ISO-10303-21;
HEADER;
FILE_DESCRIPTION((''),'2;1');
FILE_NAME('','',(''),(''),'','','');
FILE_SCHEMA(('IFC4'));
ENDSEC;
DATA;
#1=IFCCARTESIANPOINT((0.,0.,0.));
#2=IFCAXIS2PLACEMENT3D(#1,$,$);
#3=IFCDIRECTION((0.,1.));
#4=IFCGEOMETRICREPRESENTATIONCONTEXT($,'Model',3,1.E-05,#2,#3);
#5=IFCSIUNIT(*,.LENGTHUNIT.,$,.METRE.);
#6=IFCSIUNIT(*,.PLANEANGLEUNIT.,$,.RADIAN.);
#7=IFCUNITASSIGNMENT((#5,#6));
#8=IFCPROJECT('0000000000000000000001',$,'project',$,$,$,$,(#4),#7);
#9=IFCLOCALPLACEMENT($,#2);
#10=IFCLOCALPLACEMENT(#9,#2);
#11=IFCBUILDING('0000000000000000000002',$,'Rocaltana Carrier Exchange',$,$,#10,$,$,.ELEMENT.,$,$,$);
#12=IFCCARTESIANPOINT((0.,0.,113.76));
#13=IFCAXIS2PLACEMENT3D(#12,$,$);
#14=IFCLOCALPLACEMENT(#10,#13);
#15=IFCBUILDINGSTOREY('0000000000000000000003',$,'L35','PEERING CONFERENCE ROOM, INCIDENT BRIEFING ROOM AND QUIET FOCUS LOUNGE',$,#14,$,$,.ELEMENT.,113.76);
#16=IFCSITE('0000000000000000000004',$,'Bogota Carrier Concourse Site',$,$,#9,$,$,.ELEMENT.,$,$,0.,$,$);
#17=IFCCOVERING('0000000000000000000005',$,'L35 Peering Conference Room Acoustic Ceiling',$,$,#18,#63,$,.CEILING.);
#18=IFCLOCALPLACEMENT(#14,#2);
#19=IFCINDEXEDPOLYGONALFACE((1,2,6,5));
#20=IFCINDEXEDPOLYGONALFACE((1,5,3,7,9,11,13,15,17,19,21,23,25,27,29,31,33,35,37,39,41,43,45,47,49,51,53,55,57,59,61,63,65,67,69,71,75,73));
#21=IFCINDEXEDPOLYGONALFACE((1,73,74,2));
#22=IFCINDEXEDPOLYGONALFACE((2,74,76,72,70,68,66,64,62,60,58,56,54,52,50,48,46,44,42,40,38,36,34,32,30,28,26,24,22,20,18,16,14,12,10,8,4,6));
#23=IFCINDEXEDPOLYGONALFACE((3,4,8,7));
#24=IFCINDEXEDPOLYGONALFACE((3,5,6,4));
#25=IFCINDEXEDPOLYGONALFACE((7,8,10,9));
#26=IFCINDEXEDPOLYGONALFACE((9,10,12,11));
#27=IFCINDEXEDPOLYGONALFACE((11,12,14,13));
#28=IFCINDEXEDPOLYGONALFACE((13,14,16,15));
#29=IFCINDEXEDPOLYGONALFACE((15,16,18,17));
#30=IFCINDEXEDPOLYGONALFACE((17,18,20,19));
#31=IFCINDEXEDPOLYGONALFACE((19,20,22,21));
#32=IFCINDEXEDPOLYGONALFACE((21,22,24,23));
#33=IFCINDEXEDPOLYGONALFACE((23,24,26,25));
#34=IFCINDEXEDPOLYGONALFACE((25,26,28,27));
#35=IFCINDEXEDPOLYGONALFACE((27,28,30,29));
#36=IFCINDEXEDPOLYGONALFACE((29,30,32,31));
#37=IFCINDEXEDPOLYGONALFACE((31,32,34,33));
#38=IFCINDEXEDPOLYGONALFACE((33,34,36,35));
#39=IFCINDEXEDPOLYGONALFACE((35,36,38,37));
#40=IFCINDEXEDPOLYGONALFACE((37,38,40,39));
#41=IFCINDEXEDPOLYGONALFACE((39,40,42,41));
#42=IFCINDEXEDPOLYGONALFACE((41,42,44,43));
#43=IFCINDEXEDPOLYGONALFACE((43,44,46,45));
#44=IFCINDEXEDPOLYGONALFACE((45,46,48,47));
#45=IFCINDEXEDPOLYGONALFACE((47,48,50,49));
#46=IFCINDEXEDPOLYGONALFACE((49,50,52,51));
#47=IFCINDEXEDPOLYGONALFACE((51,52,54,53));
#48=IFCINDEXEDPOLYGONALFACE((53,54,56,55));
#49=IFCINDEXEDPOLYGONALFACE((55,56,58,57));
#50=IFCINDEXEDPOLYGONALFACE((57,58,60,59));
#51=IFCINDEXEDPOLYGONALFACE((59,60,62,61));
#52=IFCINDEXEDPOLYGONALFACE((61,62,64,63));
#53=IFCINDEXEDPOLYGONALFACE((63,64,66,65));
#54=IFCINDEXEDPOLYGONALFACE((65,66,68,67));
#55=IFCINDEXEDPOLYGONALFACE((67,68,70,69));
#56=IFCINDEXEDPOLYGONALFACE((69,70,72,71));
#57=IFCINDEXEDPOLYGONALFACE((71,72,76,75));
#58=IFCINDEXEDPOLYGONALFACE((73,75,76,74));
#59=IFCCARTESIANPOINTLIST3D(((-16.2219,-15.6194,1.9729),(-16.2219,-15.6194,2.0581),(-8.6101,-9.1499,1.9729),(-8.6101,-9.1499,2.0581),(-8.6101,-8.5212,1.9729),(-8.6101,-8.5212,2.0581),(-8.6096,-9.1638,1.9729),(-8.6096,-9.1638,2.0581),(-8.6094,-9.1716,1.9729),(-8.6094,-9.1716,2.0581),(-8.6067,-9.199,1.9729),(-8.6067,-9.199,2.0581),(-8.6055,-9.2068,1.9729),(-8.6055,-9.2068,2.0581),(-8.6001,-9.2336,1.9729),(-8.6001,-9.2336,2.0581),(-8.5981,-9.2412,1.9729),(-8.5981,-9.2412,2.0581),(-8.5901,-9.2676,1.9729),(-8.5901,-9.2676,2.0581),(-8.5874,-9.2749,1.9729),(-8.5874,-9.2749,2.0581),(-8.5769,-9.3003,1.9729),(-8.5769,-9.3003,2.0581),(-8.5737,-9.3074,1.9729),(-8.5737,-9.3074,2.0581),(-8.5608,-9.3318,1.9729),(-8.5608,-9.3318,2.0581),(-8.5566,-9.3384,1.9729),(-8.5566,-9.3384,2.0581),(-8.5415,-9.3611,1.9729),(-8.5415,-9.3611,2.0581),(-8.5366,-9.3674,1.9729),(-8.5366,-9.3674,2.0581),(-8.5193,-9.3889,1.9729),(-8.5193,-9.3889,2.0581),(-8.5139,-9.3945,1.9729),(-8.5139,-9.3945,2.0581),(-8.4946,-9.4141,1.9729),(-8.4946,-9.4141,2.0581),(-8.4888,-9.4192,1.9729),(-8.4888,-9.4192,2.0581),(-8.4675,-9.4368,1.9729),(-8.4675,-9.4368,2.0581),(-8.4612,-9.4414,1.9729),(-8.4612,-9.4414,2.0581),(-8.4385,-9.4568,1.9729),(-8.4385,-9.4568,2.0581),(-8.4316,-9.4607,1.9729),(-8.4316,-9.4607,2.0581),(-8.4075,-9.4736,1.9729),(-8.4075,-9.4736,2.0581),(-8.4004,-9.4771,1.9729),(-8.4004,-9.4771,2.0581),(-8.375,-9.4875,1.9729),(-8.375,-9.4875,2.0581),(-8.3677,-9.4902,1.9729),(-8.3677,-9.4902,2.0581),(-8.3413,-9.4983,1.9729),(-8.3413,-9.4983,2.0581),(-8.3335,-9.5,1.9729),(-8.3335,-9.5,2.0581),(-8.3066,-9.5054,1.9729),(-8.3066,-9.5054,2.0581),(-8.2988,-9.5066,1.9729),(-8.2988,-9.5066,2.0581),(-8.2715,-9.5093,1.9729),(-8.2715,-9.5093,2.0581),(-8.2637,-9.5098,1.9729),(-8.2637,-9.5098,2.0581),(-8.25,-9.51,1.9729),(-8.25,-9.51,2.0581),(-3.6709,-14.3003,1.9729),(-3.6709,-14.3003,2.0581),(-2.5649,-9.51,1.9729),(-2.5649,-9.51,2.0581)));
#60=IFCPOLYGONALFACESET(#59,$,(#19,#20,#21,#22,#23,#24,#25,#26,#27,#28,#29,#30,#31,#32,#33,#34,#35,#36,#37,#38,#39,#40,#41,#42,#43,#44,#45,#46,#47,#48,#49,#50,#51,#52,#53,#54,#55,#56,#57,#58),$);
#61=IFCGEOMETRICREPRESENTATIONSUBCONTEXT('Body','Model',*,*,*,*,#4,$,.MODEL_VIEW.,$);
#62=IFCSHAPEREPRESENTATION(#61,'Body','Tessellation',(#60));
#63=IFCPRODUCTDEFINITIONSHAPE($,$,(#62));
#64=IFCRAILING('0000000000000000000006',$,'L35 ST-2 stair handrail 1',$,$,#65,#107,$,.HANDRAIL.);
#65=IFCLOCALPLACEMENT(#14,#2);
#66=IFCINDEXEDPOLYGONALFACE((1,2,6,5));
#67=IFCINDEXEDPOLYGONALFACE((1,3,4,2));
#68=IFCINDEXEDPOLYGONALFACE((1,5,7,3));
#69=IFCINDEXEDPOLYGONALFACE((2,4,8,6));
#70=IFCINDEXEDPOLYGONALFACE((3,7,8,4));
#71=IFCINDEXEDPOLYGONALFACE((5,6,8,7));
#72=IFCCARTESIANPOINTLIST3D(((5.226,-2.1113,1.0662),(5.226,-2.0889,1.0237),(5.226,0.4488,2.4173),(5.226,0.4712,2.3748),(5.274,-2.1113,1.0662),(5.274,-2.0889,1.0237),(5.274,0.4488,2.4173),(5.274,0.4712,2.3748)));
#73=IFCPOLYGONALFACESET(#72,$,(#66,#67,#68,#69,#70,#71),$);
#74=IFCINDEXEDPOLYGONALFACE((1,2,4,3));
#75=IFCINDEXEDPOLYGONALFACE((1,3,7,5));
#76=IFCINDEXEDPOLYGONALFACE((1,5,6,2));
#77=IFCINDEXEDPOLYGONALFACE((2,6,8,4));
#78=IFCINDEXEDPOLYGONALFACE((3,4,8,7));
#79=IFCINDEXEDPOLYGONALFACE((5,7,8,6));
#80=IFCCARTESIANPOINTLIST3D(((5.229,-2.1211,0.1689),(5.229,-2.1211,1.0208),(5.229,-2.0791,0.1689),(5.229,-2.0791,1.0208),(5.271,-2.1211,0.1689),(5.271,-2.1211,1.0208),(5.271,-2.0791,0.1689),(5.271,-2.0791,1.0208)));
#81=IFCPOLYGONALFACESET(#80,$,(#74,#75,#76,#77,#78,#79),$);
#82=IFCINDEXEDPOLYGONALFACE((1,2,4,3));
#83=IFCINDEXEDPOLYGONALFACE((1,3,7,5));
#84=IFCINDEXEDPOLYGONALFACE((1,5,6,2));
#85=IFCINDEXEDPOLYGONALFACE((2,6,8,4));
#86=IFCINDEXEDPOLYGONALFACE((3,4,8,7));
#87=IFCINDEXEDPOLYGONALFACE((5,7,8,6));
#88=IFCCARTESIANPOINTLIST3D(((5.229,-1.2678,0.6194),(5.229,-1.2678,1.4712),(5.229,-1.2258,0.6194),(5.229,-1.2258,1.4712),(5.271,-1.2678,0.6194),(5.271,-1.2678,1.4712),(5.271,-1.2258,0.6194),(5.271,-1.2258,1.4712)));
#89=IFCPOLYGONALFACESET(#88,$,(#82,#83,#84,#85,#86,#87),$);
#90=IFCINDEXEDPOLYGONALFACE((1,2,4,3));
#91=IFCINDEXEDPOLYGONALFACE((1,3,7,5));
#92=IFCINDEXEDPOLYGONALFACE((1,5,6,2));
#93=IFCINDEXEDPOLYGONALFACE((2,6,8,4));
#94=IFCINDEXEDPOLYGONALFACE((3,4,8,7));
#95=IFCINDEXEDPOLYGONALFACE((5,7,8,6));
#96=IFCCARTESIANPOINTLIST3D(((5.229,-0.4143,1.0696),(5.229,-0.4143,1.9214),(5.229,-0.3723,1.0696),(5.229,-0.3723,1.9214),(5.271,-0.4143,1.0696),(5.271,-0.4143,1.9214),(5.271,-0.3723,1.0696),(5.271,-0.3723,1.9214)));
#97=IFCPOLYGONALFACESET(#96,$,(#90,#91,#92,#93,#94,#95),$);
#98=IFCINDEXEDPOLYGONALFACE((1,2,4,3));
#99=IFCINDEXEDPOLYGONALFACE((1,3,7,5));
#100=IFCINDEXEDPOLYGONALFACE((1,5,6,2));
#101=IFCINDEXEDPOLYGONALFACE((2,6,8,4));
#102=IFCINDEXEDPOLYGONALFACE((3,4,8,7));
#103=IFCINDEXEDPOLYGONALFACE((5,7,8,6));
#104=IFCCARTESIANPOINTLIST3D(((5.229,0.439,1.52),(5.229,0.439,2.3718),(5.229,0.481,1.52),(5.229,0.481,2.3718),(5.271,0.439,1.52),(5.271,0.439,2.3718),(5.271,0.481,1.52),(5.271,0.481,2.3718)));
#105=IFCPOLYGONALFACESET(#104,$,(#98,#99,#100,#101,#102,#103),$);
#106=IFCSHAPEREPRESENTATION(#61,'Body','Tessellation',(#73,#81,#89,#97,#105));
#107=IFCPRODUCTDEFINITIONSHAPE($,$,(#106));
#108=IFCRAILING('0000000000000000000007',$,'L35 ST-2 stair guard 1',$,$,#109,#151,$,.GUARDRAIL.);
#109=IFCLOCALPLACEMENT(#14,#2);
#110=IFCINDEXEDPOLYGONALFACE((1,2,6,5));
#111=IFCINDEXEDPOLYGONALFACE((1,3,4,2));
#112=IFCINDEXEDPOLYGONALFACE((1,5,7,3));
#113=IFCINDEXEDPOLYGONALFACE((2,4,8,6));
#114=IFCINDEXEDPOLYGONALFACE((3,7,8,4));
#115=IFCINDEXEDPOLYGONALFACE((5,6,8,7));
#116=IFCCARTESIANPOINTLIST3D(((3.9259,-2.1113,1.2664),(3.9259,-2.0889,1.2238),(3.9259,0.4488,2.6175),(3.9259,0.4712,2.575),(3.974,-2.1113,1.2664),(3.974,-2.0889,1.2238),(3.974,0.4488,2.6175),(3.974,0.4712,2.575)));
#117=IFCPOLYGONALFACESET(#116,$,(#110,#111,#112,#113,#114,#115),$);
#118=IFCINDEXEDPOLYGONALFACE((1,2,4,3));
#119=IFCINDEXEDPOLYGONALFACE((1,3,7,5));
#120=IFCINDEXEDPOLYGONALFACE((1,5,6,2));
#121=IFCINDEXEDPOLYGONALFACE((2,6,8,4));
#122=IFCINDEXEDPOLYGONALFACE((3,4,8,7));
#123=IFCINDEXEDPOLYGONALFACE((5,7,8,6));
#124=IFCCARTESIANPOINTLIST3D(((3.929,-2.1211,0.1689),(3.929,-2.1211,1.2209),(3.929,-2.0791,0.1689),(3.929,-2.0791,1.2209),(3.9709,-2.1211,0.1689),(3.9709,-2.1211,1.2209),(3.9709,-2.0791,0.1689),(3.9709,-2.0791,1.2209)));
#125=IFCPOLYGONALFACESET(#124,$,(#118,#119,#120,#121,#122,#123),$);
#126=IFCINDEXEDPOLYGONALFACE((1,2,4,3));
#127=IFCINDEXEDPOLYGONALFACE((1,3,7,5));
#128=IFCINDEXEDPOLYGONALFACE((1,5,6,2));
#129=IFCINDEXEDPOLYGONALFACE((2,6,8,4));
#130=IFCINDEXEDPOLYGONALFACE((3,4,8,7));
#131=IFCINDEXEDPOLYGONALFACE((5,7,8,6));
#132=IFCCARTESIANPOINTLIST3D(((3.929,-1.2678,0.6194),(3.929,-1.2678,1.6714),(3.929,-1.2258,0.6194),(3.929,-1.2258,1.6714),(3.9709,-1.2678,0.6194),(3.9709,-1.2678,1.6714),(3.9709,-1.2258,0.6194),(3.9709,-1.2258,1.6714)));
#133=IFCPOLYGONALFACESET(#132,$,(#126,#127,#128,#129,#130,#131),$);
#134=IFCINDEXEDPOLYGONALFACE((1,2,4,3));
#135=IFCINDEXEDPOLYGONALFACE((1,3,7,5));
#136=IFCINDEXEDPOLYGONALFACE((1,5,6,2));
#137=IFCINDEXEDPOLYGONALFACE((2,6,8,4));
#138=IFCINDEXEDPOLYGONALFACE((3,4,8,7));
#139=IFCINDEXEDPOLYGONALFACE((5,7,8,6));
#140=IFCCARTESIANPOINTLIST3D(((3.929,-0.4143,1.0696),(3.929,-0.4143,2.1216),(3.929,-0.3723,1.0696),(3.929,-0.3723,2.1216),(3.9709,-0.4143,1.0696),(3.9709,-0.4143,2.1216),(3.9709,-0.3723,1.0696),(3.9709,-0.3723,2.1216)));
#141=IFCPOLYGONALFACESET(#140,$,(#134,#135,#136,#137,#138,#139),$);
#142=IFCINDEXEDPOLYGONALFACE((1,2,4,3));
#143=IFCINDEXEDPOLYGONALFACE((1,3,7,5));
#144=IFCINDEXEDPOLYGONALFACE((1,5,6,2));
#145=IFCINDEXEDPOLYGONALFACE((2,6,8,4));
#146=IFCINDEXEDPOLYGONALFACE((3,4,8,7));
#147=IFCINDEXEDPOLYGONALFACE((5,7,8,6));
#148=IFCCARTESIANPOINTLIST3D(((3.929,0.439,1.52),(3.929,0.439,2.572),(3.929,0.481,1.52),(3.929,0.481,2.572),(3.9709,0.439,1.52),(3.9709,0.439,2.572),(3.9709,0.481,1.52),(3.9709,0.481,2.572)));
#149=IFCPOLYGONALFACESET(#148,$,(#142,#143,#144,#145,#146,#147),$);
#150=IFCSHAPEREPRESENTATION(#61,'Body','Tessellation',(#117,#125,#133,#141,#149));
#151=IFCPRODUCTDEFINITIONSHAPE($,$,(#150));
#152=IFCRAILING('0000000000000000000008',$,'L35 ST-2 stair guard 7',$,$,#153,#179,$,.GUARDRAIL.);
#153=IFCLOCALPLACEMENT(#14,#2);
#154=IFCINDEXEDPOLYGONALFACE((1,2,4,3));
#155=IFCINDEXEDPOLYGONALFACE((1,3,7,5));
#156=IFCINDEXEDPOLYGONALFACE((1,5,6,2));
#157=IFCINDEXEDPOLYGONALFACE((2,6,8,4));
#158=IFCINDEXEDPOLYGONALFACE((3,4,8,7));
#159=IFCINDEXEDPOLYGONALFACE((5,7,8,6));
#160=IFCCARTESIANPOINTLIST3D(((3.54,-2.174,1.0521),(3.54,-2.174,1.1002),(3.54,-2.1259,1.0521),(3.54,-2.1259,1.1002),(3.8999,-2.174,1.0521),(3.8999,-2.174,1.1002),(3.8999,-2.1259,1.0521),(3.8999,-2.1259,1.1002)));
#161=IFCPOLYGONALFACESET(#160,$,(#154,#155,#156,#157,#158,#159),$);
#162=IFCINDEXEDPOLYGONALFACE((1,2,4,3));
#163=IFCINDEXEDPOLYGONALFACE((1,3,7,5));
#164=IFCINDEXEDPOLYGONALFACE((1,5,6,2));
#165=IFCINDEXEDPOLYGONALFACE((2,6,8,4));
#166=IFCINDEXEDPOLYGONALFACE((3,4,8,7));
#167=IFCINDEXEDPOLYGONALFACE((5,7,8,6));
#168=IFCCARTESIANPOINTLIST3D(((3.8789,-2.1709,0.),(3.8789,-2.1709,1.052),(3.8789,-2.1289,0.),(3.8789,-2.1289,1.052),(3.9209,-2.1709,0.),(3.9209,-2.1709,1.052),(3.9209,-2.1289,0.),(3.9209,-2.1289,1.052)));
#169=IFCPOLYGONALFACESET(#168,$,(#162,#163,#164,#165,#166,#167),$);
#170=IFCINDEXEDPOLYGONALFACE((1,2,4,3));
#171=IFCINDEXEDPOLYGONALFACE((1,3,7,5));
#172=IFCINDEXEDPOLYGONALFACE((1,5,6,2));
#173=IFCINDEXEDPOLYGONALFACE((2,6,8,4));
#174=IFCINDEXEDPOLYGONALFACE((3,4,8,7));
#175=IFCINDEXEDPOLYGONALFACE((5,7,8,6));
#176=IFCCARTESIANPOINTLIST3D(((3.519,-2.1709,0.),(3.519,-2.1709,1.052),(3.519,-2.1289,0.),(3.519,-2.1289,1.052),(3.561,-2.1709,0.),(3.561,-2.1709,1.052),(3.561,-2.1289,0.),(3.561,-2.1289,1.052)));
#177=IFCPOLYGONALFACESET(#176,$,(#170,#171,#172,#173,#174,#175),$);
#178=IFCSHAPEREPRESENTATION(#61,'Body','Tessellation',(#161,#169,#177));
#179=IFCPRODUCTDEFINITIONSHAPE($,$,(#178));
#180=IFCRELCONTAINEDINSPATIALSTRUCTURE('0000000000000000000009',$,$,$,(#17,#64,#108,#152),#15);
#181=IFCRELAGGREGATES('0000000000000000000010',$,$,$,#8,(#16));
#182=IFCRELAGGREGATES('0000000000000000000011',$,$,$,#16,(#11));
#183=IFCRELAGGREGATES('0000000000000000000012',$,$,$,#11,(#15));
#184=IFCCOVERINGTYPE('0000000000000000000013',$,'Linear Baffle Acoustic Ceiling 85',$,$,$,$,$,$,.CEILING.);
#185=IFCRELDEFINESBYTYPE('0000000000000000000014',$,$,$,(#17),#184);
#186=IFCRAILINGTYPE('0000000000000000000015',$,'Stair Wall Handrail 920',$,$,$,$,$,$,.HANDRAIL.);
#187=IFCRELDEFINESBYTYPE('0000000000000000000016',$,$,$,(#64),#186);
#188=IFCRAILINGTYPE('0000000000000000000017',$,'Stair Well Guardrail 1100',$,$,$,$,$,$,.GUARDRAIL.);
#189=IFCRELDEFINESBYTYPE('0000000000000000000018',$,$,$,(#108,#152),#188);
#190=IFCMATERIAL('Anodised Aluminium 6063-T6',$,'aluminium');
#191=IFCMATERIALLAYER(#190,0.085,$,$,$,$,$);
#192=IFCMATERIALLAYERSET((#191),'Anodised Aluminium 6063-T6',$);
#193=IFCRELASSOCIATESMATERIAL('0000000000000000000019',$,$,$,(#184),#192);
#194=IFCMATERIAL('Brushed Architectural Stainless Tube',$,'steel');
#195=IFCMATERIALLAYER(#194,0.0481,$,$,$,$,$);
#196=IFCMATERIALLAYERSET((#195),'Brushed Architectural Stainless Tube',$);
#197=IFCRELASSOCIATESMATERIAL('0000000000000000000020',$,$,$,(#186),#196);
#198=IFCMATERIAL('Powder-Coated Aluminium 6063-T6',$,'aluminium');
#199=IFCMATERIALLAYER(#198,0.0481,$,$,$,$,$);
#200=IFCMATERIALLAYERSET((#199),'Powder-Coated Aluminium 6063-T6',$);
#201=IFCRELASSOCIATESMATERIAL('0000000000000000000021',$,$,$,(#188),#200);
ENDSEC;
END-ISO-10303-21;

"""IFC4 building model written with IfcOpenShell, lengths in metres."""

from ifc_helpers import new_model, si_unit, direction, frame, origin, origin_2d, place, context, subcontext, project, spatial, polyline, rectangle, outline, extrude, material, layer, layer_set, type_object, element, save


model = new_model("IFC4")

# Units and contexts
model_context = context("Model", 3, precision=1e-05, world=origin(), true_north=direction((0.0, 1.0)))
body_context = subcontext(model_context, "Body", "Model", "MODEL_VIEW")
ifc_project = project(units=[si_unit("LENGTHUNIT", "METRE"), si_unit("PLANEANGLEUNIT", "RADIAN")], contexts=[model_context])

# Site, building, storey
site_placement = place(None, origin())
site = spatial("IfcSite", under=ifc_project, at=site_placement, Name="Bogota Carrier Concourse Site", CompositionType="ELEMENT", RefElevation=0.0)
building_placement = place(site_placement, origin())
building = spatial("IfcBuilding", under=site, at=building_placement, Name="Rocaltana Carrier Exchange", CompositionType="ELEMENT")
storey_placement = place(building_placement, frame((0.0, 0.0, 113.76)))
storey = spatial("IfcBuildingStorey", under=building, at=storey_placement, Name="L35", Description="PEERING CONFERENCE ROOM, INCIDENT BRIEFING ROOM AND QUIET FOCUS LOUNGE", CompositionType="ELEMENT", Elevation=113.76)

# Covering
ifc_material_1 = material(Name="Anodised Aluminium 6063-T6", Category="aluminium")
ifc_layer_1 = layer(ifc_material_1, 0.085)
ifc_layer_set_1 = layer_set([ifc_layer_1], Name="Anodised Aluminium 6063-T6")
covering_type_1 = type_object("IfcCoveringType", Name="Linear Baffle Acoustic Ceiling 85", PredefinedType="CEILING", material=ifc_layer_set_1)
covering_1_placement = place(storey_placement, frame((0.0, 0.0, 1.9729)))
element("IfcCovering", 1, at=covering_1_placement, inside=storey, type_object=covering_type_1, Name="L35 Peering Conference Room Acoustic Ceiling", PredefinedType="CEILING", context=body_context, shape_type="SweptSolid", body=[
    extrude(outline(polyline([(-16.2219, -15.6194), (-8.6101, -8.5212), (-8.6101, -9.1499), (-8.6096, -9.1638), (-8.6094, -9.1716), (-8.6067, -9.199), (-8.6055, -9.2068), (-8.6001, -9.2336), (-8.5981, -9.2412), (-8.5901, -9.2676), (-8.5874, -9.2749), (-8.5769, -9.3003), (-8.5737, -9.3074), (-8.5608, -9.3318), (-8.5566, -9.3384), (-8.5415, -9.3611), (-8.5366, -9.3674), (-8.5193, -9.3889), (-8.5139, -9.3945), (-8.4946, -9.4141), (-8.4888, -9.4192), (-8.4675, -9.4368), (-8.4612, -9.4414), (-8.4385, -9.4568), (-8.4316, -9.4607), (-8.4075, -9.4736), (-8.4004, -9.4771), (-8.375, -9.4875), (-8.3677, -9.4902), (-8.3413, -9.4983), (-8.3335, -9.5), (-8.3066, -9.5054), (-8.2988, -9.5066), (-8.2715, -9.5093), (-8.2637, -9.5098), (-8.25, -9.51), (-2.5649, -9.51), (-3.6709, -14.3003), (-16.2219, -15.6194)])), origin(), (0.0, 0.0, 1.0), 0.0852),
])

# Railings
ifc_material_2 = material(Name="Brushed Architectural Stainless Tube", Category="steel")
ifc_layer_2 = layer(ifc_material_2, 0.0481)
ifc_layer_set_2 = layer_set([ifc_layer_2], Name="Brushed Architectural Stainless Tube")
railing_type_1 = type_object("IfcRailingType", Name="Stair Wall Handrail 920", PredefinedType="HANDRAIL", material=ifc_layer_set_2)
railing_1_placement = place(storey_placement, frame((5.25, -2.1001, 0.1689)))
element("IfcRailing", 2, at=railing_1_placement, inside=storey, type_object=railing_type_1, Name="L35 ST-2 stair handrail 1", PredefinedType="HANDRAIL", context=body_context, shape_type="SweptSolid", body=[
    extrude(rectangle(XDim=0.0481, YDim=0.0481, at=origin_2d()), frame((0.0, 0.0, 0.876), z_axis=(0.0, 0.884394, 0.46674), x_axis=(-1.0, 0.0, 0.0)), (0.0, 0.0, 1.0), 2.8948),
    extrude(rectangle(XDim=0.042, YDim=0.042, at=origin_2d()), origin(), (0.0, 0.0, 1.0), 0.8518),
    extrude(rectangle(XDim=0.042, YDim=0.042, at=origin_2d()), frame((0.0, 0.8533, 0.4504)), (0.0, 0.0, 1.0), 0.8518),
    extrude(rectangle(XDim=0.042, YDim=0.042, at=origin_2d()), frame((0.0, 1.7068, 0.9006)), (0.0, 0.0, 1.0), 0.8518),
    extrude(rectangle(XDim=0.042, YDim=0.042, at=origin_2d()), frame((0.0, 2.5601, 1.3511)), (0.0, 0.0, 1.0), 0.8518),
])
ifc_material_3 = material(Name="Powder-Coated Aluminium 6063-T6", Category="aluminium")
ifc_layer_3 = layer(ifc_material_3, 0.0481)
ifc_layer_set_3 = layer_set([ifc_layer_3], Name="Powder-Coated Aluminium 6063-T6")
railing_type_2 = type_object("IfcRailingType", Name="Stair Well Guardrail 1100", PredefinedType="GUARDRAIL", material=ifc_layer_set_3)
railing_2_placement = place(storey_placement, frame((3.95, -2.1001, 0.1689)))
element("IfcRailing", 3, at=railing_2_placement, inside=storey, type_object=railing_type_2, Name="L35 ST-2 stair guard 1", PredefinedType="GUARDRAIL", context=body_context, shape_type="SweptSolid", body=[
    extrude(rectangle(XDim=0.0481, YDim=0.0481, at=origin_2d()), frame((0.0, 0.0, 1.0762), z_axis=(0.0, 0.884394, 0.46674), x_axis=(-1.0, 0.0, 0.0)), (0.0, 0.0, 1.0), 2.8948),
    extrude(rectangle(XDim=0.042, YDim=0.042, at=origin_2d()), origin(), (0.0, 0.0, 1.0), 1.052),
    extrude(rectangle(XDim=0.042, YDim=0.042, at=origin_2d()), frame((0.0, 0.8533, 0.4504)), (0.0, 0.0, 1.0), 1.052),
    extrude(rectangle(XDim=0.042, YDim=0.042, at=origin_2d()), frame((0.0, 1.7068, 0.9006)), (0.0, 0.0, 1.0), 1.052),
    extrude(rectangle(XDim=0.042, YDim=0.042, at=origin_2d()), frame((0.0, 2.5601, 1.3511)), (0.0, 0.0, 1.0), 1.052),
])
railing_3_placement = place(storey_placement, frame((3.8999, -2.1499, 0.0)))
element("IfcRailing", 4, at=railing_3_placement, inside=storey, type_object=railing_type_2, Name="L35 ST-2 stair guard 7", PredefinedType="GUARDRAIL", context=body_context, shape_type="SweptSolid", body=[
    extrude(rectangle(XDim=0.0481, YDim=0.0481, at=origin_2d()), frame((0.0, 0.0, 1.0762), z_axis=(-1.0, 0.0, 0.0), x_axis=(0.0, -1.0, 0.0)), (0.0, 0.0, 1.0), 0.3599),
    extrude(rectangle(XDim=0.042, YDim=0.042, at=origin_2d()), origin(), (0.0, 0.0, 1.0), 1.052),
    extrude(rectangle(XDim=0.042, YDim=0.042, at=origin_2d()), frame((-0.3599, 0.0, 0.0)), (0.0, 0.0, 1.0), 1.052),
])

save(model, "model.ifc")
